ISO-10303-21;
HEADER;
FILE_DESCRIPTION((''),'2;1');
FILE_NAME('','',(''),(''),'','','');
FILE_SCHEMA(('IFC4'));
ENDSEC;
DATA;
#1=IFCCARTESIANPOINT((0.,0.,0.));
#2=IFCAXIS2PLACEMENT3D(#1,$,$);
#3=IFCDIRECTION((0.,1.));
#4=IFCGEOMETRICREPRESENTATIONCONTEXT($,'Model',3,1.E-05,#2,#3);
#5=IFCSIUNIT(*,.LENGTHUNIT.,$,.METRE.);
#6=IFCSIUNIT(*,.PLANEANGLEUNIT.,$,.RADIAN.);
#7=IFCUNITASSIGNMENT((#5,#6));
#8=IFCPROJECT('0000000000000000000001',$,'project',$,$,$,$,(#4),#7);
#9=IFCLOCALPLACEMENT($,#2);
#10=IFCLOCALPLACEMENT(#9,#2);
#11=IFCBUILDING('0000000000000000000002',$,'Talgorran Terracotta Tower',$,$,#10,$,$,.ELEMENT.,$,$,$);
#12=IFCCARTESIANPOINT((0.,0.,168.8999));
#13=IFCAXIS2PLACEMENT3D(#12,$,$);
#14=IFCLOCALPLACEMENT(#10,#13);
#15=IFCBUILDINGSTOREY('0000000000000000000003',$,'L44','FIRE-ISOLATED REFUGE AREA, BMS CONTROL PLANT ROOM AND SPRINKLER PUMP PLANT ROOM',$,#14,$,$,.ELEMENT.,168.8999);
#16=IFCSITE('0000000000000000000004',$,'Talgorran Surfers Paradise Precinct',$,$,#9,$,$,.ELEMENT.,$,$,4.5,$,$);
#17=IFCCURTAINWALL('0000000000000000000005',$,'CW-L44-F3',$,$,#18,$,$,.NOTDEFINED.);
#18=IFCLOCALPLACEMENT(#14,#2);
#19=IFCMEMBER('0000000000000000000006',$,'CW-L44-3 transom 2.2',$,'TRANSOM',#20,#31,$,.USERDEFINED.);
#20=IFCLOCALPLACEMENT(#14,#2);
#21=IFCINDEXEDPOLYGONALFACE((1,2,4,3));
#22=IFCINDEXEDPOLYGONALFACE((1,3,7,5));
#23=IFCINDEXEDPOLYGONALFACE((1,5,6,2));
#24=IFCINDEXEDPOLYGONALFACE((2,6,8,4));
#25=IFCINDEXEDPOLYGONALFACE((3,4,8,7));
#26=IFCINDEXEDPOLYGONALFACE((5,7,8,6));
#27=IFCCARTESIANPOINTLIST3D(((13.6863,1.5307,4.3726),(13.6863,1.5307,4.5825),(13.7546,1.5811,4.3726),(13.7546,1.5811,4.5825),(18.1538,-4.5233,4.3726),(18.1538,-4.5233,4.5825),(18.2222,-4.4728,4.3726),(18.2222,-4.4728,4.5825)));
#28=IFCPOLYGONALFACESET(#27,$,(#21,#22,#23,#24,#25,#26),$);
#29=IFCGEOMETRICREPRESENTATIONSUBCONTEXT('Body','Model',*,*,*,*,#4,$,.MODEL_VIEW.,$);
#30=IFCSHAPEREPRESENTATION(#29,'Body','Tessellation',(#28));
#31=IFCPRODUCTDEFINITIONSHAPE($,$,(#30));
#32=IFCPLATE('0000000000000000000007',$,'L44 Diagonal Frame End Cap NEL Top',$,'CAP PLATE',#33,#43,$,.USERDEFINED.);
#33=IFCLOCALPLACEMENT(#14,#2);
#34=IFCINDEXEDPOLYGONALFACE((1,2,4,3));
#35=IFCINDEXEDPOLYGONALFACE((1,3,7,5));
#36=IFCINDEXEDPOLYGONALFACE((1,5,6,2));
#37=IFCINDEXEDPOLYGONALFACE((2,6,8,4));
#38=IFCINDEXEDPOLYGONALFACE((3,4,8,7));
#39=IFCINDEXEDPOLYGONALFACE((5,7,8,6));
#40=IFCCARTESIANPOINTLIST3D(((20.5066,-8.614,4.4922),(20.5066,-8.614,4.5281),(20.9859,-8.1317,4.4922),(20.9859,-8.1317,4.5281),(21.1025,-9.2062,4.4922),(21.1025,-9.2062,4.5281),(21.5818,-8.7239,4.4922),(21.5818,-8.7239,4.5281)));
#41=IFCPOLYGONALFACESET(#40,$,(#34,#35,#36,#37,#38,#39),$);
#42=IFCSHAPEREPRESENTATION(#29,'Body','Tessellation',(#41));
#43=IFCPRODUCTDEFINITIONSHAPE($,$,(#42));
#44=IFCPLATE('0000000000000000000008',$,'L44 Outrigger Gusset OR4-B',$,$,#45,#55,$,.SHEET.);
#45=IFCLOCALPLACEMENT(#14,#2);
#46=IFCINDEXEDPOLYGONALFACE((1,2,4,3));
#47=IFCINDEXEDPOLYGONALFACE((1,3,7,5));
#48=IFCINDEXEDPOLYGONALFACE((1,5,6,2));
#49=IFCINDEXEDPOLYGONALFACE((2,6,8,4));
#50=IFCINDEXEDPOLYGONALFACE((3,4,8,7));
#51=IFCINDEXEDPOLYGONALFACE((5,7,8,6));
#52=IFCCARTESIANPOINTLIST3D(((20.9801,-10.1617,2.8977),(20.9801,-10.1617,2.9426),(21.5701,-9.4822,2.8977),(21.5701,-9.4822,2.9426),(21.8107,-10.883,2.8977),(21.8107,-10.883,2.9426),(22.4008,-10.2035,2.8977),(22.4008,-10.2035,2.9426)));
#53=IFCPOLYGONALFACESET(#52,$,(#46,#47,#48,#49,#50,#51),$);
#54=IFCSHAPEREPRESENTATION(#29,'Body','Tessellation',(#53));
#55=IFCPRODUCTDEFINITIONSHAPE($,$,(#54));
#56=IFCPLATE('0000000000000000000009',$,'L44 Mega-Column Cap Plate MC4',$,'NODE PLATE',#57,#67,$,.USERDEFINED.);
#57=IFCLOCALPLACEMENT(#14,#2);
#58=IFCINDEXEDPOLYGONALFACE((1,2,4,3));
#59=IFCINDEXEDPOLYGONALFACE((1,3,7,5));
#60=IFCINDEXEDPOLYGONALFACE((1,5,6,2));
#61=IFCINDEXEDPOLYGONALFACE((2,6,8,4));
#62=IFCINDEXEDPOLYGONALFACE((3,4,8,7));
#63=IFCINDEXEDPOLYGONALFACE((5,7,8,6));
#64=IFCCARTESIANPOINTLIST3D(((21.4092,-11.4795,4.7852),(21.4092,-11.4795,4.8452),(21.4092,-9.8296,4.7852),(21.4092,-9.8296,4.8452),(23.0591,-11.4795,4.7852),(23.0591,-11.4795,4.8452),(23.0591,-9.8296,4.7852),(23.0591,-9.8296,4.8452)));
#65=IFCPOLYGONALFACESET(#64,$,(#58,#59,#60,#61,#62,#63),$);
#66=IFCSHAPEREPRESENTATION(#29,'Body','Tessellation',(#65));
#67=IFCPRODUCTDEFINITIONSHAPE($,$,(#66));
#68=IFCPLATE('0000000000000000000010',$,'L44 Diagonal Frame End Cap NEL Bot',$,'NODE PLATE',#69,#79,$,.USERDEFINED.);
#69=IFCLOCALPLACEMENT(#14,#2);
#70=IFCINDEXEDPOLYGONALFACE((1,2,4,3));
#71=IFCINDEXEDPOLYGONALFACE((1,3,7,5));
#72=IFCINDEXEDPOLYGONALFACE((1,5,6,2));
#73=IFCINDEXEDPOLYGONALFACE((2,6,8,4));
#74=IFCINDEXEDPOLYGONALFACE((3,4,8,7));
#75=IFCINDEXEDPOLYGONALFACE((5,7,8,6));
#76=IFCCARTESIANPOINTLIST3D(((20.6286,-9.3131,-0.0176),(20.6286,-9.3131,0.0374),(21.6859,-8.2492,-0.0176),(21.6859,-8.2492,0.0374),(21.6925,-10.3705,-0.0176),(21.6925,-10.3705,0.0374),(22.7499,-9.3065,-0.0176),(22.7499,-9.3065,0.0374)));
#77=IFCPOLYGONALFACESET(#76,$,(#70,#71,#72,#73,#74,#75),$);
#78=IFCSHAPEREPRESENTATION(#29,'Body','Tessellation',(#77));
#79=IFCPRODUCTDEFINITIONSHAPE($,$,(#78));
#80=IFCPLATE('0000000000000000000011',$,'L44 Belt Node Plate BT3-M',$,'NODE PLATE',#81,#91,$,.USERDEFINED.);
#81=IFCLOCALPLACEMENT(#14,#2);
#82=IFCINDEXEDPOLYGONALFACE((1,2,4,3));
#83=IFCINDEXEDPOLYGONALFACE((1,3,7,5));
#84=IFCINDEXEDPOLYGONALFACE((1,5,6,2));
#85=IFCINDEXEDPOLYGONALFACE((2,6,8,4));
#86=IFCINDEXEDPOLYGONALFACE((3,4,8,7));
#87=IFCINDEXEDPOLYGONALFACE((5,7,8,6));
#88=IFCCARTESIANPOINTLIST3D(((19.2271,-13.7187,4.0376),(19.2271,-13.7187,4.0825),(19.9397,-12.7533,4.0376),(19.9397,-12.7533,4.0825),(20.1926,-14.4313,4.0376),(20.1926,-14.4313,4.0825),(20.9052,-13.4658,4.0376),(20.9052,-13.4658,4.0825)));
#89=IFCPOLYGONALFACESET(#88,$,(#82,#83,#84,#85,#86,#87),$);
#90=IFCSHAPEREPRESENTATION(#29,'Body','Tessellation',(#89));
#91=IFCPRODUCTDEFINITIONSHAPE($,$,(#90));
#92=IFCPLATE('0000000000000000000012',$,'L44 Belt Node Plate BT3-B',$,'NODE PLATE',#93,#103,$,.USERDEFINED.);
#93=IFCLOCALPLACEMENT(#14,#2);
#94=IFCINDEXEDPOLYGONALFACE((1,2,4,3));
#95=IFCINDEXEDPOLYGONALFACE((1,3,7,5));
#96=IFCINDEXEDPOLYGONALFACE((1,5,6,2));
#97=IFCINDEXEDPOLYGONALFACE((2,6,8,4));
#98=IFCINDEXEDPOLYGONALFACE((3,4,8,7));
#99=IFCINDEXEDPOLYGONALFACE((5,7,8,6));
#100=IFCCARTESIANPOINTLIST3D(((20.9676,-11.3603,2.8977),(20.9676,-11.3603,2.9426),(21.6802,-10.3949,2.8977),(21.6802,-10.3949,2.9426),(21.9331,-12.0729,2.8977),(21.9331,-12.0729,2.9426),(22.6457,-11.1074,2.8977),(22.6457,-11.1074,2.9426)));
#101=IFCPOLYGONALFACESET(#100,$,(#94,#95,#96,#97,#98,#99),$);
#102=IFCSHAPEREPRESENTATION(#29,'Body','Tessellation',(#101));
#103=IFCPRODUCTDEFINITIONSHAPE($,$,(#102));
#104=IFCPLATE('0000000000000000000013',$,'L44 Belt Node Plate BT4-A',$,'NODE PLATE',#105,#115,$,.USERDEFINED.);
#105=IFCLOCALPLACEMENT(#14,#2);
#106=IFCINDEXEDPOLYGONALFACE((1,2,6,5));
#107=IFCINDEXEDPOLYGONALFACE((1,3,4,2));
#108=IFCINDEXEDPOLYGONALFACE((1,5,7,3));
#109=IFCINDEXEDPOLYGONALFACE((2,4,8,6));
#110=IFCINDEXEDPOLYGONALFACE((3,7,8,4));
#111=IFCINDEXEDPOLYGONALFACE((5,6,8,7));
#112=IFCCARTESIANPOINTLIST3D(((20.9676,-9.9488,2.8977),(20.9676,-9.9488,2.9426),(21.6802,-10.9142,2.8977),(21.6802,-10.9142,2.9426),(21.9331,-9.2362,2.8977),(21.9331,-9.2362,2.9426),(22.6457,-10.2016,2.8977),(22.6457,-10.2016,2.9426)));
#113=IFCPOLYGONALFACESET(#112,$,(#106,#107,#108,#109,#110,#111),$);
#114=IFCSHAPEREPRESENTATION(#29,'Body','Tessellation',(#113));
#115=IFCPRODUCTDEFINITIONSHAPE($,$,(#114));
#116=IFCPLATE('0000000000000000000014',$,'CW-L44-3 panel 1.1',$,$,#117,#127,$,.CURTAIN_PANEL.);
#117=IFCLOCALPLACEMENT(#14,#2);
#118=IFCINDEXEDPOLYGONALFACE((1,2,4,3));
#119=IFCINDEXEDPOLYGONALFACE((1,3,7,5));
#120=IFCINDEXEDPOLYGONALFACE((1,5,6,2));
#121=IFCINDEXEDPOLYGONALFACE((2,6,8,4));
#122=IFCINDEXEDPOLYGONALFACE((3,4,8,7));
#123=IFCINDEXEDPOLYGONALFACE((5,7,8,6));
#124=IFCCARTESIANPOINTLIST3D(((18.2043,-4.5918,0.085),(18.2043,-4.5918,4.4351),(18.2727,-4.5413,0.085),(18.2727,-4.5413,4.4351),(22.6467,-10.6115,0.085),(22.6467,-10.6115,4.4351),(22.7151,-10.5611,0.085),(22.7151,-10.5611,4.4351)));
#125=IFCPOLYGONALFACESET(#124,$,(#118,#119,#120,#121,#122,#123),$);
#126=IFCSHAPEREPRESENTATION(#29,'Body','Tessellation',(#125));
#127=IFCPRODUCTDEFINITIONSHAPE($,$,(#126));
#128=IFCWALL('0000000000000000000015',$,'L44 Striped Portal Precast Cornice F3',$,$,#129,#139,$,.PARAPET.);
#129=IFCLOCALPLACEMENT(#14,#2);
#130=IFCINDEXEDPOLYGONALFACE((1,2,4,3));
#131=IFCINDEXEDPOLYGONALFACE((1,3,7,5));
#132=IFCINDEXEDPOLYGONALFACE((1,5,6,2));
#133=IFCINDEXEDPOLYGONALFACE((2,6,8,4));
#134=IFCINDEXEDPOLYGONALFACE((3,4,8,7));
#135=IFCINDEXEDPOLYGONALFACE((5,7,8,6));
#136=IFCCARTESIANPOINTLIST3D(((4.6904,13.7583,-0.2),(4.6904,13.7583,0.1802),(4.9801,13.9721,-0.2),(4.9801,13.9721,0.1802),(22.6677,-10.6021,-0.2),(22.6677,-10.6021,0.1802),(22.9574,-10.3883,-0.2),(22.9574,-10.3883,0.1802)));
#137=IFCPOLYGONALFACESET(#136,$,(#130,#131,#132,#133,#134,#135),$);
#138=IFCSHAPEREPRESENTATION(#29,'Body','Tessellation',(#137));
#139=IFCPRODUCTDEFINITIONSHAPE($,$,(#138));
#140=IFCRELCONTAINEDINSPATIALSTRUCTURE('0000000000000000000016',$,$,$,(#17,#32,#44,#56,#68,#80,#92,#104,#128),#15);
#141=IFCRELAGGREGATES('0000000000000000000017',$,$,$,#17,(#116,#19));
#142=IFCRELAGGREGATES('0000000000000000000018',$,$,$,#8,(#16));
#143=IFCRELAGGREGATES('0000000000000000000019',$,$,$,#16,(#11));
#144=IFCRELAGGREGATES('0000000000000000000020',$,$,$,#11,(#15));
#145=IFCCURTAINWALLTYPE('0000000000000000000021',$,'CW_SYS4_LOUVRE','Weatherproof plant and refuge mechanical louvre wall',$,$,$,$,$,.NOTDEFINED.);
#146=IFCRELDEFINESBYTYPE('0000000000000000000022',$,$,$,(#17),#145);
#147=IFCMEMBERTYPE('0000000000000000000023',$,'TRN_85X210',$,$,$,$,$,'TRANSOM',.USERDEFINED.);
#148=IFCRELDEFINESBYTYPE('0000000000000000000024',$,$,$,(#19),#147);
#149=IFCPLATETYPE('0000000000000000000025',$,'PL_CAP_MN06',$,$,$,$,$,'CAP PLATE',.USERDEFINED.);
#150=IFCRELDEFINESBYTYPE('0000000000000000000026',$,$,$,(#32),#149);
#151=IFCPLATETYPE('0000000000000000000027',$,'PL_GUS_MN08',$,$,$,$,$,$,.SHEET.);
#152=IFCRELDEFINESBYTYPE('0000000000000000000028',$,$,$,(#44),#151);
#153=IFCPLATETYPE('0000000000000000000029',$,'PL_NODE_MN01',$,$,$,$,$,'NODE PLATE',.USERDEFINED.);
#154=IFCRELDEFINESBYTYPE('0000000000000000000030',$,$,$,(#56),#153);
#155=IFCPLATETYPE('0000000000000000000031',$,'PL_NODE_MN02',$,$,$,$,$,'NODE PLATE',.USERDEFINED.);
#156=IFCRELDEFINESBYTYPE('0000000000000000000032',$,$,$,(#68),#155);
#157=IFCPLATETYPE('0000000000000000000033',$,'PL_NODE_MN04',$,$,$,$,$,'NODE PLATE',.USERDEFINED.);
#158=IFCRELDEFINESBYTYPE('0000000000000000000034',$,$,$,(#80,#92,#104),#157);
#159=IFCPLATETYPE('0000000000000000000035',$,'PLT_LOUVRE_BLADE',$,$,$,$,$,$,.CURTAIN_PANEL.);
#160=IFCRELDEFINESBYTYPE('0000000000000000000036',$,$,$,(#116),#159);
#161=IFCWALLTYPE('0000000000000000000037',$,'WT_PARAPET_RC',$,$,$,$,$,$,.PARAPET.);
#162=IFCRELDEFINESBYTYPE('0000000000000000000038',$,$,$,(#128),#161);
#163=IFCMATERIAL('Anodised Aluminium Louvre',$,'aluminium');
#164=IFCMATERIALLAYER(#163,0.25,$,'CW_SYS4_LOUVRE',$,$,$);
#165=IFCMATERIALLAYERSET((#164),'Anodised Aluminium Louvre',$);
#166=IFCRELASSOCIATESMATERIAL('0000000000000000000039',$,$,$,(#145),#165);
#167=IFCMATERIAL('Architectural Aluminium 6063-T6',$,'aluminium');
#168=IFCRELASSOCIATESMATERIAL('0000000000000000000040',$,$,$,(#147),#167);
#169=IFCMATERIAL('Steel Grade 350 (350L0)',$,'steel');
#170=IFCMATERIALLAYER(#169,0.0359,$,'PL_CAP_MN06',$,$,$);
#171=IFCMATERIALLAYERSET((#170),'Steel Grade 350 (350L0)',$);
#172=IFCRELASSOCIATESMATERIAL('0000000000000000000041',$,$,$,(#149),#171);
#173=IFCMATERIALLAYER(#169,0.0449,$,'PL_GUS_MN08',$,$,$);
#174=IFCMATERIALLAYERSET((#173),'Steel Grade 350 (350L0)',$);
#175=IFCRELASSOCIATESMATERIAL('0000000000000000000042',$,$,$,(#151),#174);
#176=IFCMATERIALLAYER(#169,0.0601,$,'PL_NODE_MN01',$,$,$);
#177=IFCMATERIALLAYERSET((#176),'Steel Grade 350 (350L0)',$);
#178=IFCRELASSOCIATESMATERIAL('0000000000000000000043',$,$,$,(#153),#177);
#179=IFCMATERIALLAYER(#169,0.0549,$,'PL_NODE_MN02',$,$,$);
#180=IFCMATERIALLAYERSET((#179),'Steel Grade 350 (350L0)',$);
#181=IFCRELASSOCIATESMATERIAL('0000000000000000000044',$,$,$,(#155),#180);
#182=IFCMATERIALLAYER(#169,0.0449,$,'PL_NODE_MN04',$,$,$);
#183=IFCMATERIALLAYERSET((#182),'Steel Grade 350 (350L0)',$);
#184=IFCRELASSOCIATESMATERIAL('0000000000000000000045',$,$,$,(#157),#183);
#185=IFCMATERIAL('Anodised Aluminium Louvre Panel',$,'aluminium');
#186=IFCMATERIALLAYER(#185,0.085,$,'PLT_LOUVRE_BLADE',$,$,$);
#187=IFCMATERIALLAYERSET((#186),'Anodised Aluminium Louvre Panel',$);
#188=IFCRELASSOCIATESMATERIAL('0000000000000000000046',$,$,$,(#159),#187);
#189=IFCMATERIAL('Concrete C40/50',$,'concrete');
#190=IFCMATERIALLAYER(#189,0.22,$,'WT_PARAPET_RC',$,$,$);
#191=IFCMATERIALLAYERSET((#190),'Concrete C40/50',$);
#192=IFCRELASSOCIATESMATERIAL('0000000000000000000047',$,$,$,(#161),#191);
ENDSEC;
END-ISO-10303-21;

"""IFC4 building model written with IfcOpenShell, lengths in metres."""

from ifc_helpers import new_model, si_unit, direction, frame, frame_2d, origin, origin_2d, place, context, subcontext, project, spatial, rectangle, extrude, source, transform, mapped, material, layer, layer_set, material_profile, profile_set, type_object, type_shapes, element, aggregate, save


model = new_model("IFC4")

# Units and contexts
model_context = context("Model", 3, precision=1e-05, world=origin(), true_north=direction((0.0, 1.0)))
body_context = subcontext(model_context, "Body", "Model", "MODEL_VIEW")
ifc_project = project(units=[si_unit("LENGTHUNIT", "METRE"), si_unit("PLANEANGLEUNIT", "RADIAN")], contexts=[model_context])

# Site, building, storey
site_placement = place(None, origin())
site = spatial("IfcSite", under=ifc_project, at=site_placement, Name="Talgorran Surfers Paradise Precinct", CompositionType="ELEMENT", RefElevation=4.5)
building_placement = place(site_placement, origin())
building = spatial("IfcBuilding", under=site, at=building_placement, Name="Talgorran Terracotta Tower", CompositionType="ELEMENT")
storey_placement = place(building_placement, frame((0.0, 0.0, 168.8999)))
storey = spatial("IfcBuildingStorey", under=building, at=storey_placement, Name="L44", Description="FIRE-ISOLATED REFUGE AREA, BMS CONTROL PLANT ROOM AND SPRINKLER PUMP PLANT ROOM", CompositionType="ELEMENT", Elevation=168.8999)

# Shared definitions
ifc_material_1 = material(Name="Steel Grade 350 (350L0)", Category="steel")

# Shared definitions
ifc_material_2 = material(Name="Anodised Aluminium Louvre", Category="aluminium")
ifc_layer_1 = layer(ifc_material_2, 0.25, Name="CW_SYS4_LOUVRE")
ifc_layer_set_1 = layer_set([ifc_layer_1], Name="Anodised Aluminium Louvre")
curtain_wall_type = type_object("IfcCurtainWallType", Name="CW_SYS4_LOUVRE", Description="Weatherproof plant and refuge mechanical louvre wall", PredefinedType="NOTDEFINED", material=ifc_layer_set_1)
ifc_material_3 = material(Name="Architectural Aluminium 6063-T6", Category="aluminium")

# Curtain wall, member
curtain_wall_1_placement = place(storey_placement, origin())
curtain_wall_1 = element("IfcCurtainWall", 1, at=curtain_wall_1_placement, inside=storey, type_object=curtain_wall_type, Name="CW-L44-F3", PredefinedType="NOTDEFINED")
ifc_material_profile_1 = material_profile(ifc_material_3, rectangle(XDim=0.085, YDim=0.21, at=origin_2d()), Name="CWT85X210")
ifc_profile_set_1 = profile_set([ifc_material_profile_1], Name="Architectural Aluminium 6063-T6")
member_type_1 = type_object("IfcMemberType", Name="TRN_85X210", ElementType="TRANSOM", PredefinedType="USERDEFINED", material=ifc_profile_set_1)
member_1_placement = place(storey_placement, frame((18.188, -4.498, 4.4775), z_axis=(-0.593778, 0.804629, 0.0), x_axis=(-0.804629, -0.593778, 0.0)))
member_1 = element("IfcMember", 2, at=member_1_placement, type_object=member_type_1, Name="CW-L44-3 transom 2.2", ObjectType="TRANSOM", PredefinedType="USERDEFINED", context=body_context, shape_type="SweptSolid", body=[
    extrude(rectangle(XDim=0.085, YDim=0.21, at=origin_2d()), origin(), (0.0, 0.0, 1.0), 7.5239),
])

# Plates
ifc_layer_2 = layer(ifc_material_1, 0.0359, Name="PL_CAP_MN06")
ifc_layer_set_2 = layer_set([ifc_layer_2], Name="Steel Grade 350 (350L0)")
plate_type_1 = type_object("IfcPlateType", Name="PL_CAP_MN06", ElementType="CAP PLATE", PredefinedType="USERDEFINED", material=ifc_layer_set_2)
plate_1_placement = place(storey_placement, frame((21.0442, -8.6689, 4.4922), z_axis=(0.0, 0.0, 1.0), x_axis=(-0.709325, 0.704882, 0.0)))
element("IfcPlate", 3, at=plate_1_placement, inside=storey, type_object=plate_type_1, Name="L44 Diagonal Frame End Cap NEL Top", ObjectType="CAP PLATE", PredefinedType="USERDEFINED", context=body_context, shape_type="SweptSolid", body=[
    extrude(rectangle(XDim=0.8401, YDim=0.6799, at=origin_2d()), origin(), (0.0, 0.0, 1.0), 0.0359),
])
ifc_layer_3 = layer(ifc_material_1, 0.0449, Name="PL_GUS_MN08")
ifc_layer_set_3 = layer_set([ifc_layer_3], Name="Steel Grade 350 (350L0)")
plate_type_2 = type_object("IfcPlateType", Name="PL_GUS_MN08", PredefinedType="SHEET", material=ifc_layer_set_3)
plate_2_placement = place(storey_placement, frame((21.6904, -10.1826, 2.8977), z_axis=(0.0, 0.0, 1.0), x_axis=(0.755053, -0.655664, 0.0)))
element("IfcPlate", 4, at=plate_2_placement, inside=storey, type_object=plate_type_2, Name="L44 Outrigger Gusset OR4-B", PredefinedType="SHEET", context=body_context, shape_type="SweptSolid", body=[
    extrude(rectangle(XDim=1.1001, YDim=0.8999, at=origin_2d()), origin(), (0.0, 0.0, 1.0), 0.0449),
])
ifc_layer_4 = layer(ifc_material_1, 0.0601, Name="PL_NODE_MN01")
ifc_layer_set_4 = layer_set([ifc_layer_4], Name="Steel Grade 350 (350L0)")
plate_type_3 = type_object("IfcPlateType", Name="PL_NODE_MN01", ElementType="NODE PLATE", PredefinedType="USERDEFINED", material=ifc_layer_set_4)
plate_3_placement = place(storey_placement, frame((22.2341, -10.6545, 4.7852), z_axis=(0.0, 0.0, 1.0), x_axis=(1.0, 0.0, 0.0)))
element("IfcPlate", 5, at=plate_3_placement, inside=storey, type_object=plate_type_3, Name="L44 Mega-Column Cap Plate MC4", ObjectType="NODE PLATE", PredefinedType="USERDEFINED", context=body_context, shape_type="SweptSolid", body=[
    extrude(rectangle(XDim=1.6499, YDim=1.6499, at=origin_2d()), origin(), (0.0, 0.0, 1.0), 0.0601),
])
ifc_layer_5 = layer(ifc_material_1, 0.0549, Name="PL_NODE_MN02")
ifc_layer_set_5 = layer_set([ifc_layer_5], Name="Steel Grade 350 (350L0)")
plate_type_4 = type_object("IfcPlateType", Name="PL_NODE_MN02", ElementType="NODE PLATE", PredefinedType="USERDEFINED", material=ifc_layer_set_5)
plate_4_placement = place(storey_placement, frame((21.6892, -9.3098, -0.0176), z_axis=(0.0, 0.0, 1.0), x_axis=(-0.709325, 0.704882, 0.0)))
element("IfcPlate", 6, at=plate_4_placement, inside=storey, type_object=plate_type_4, Name="L44 Diagonal Frame End Cap NEL Bot", ObjectType="NODE PLATE", PredefinedType="USERDEFINED", context=body_context, shape_type="SweptSolid", body=[
    extrude(rectangle(XDim=1.5, YDim=1.5, at=origin_2d()), origin(), (0.0, 0.0, 1.0), 0.0549),
])
ifc_layer_6 = layer(ifc_material_1, 0.0449, Name="PL_NODE_MN04")
ifc_layer_set_6 = layer_set([ifc_layer_6], Name="Steel Grade 350 (350L0)")
plate_type_5 = type_object("IfcPlateType", Name="PL_NODE_MN04", ElementType="NODE PLATE", PredefinedType="USERDEFINED", material=ifc_layer_set_6)
for number, where, z_axis, x_axis, name in (
    (7, (20.0662, -13.5923, 4.0376), (0.0, 0.0, 1.0), (0.59384, 0.804583, 0.0), "L44 Belt Node Plate BT3-M"),
    (8, (21.8066, -11.2339, 2.8977), (0.0, 0.0, 1.0), (0.59384, 0.804583, 0.0), "L44 Belt Node Plate BT3-B"),
    (9, (21.8066, -10.0752, 2.8977), (0.0, 0.0, 1.0), (-0.59384, 0.804583, 0.0), "L44 Belt Node Plate BT4-A"),
):
    element("IfcPlate", number, at=place(storey_placement, frame(where, z_axis=z_axis, x_axis=x_axis)), inside=storey, type_object=plate_type_5, Name=name, ObjectType="NODE PLATE", PredefinedType="USERDEFINED", context=body_context, shape_type="SweptSolid", body=[
        extrude(rectangle(XDim=1.2, YDim=1.2, at=origin_2d()), origin(), (0.0, 0.0, 1.0), 0.0449),
    ])

# Plate
ifc_material_4 = material(Name="Anodised Aluminium Louvre Panel", Category="aluminium")
ifc_layer_7 = layer(ifc_material_4, 0.085, Name="PLT_LOUVRE_BLADE")
ifc_layer_set_7 = layer_set([ifc_layer_7], Name="Anodised Aluminium Louvre Panel")
plate_type_6 = type_object("IfcPlateType", Name="PLT_LOUVRE_BLADE", PredefinedType="CURTAIN_PANEL", material=ifc_layer_set_7)
shared_shape = source(origin(), body_context, "Body", "SweptSolid", [
    extrude(rectangle(XDim=7.4814, YDim=0.085, at=origin_2d()), origin(), (0.0, 0.0, 1.0), 4.3501),
])
type_shapes(plate_type_6, [shared_shape])
plate_5_placement = place(storey_placement, frame((20.4597, -7.5764, 0.085), z_axis=(0.0, 0.0, 1.0), x_axis=(-0.593787, 0.804622, 0.0)))
plate_5 = element("IfcPlate", 10, at=plate_5_placement, type_object=plate_type_6, Name="CW-L44-3 panel 1.1", PredefinedType="CURTAIN_PANEL", context=body_context, shape_type="MappedRepresentation", body=[
    mapped(shared_shape, transform((0.0, 0.0, 0.0), scale=1.0)),
])
aggregate(curtain_wall_1, [plate_5, member_1])

# Wall
ifc_material_5 = material(Name="Concrete C40/50", Category="concrete")
ifc_layer_8 = layer(ifc_material_5, 0.22, Name="WT_PARAPET_RC")
ifc_layer_set_8 = layer_set([ifc_layer_8], Name="Concrete C40/50")
wall_type = type_object("IfcWallType", Name="WT_PARAPET_RC", PredefinedType="PARAPET", material=ifc_layer_set_8)
wall_placement = place(storey_placement, frame((22.8125, -10.4951, -0.2), z_axis=(0.0, 0.0, 1.0), x_axis=(-0.593789, 0.804621, 0.0)))
element("IfcWall", 11, at=wall_placement, inside=storey, type_object=wall_type, Name="L44 Striped Portal Precast Cornice F3", PredefinedType="PARAPET", context=body_context, shape_type="SweptSolid", body=[
    extrude(rectangle(XDim=30.2756, YDim=0.3601, at=frame_2d((15.1377, 0.0))), origin(), (0.0, 0.0, 1.0), 0.3801),
])

save(model, "model.ifc")
